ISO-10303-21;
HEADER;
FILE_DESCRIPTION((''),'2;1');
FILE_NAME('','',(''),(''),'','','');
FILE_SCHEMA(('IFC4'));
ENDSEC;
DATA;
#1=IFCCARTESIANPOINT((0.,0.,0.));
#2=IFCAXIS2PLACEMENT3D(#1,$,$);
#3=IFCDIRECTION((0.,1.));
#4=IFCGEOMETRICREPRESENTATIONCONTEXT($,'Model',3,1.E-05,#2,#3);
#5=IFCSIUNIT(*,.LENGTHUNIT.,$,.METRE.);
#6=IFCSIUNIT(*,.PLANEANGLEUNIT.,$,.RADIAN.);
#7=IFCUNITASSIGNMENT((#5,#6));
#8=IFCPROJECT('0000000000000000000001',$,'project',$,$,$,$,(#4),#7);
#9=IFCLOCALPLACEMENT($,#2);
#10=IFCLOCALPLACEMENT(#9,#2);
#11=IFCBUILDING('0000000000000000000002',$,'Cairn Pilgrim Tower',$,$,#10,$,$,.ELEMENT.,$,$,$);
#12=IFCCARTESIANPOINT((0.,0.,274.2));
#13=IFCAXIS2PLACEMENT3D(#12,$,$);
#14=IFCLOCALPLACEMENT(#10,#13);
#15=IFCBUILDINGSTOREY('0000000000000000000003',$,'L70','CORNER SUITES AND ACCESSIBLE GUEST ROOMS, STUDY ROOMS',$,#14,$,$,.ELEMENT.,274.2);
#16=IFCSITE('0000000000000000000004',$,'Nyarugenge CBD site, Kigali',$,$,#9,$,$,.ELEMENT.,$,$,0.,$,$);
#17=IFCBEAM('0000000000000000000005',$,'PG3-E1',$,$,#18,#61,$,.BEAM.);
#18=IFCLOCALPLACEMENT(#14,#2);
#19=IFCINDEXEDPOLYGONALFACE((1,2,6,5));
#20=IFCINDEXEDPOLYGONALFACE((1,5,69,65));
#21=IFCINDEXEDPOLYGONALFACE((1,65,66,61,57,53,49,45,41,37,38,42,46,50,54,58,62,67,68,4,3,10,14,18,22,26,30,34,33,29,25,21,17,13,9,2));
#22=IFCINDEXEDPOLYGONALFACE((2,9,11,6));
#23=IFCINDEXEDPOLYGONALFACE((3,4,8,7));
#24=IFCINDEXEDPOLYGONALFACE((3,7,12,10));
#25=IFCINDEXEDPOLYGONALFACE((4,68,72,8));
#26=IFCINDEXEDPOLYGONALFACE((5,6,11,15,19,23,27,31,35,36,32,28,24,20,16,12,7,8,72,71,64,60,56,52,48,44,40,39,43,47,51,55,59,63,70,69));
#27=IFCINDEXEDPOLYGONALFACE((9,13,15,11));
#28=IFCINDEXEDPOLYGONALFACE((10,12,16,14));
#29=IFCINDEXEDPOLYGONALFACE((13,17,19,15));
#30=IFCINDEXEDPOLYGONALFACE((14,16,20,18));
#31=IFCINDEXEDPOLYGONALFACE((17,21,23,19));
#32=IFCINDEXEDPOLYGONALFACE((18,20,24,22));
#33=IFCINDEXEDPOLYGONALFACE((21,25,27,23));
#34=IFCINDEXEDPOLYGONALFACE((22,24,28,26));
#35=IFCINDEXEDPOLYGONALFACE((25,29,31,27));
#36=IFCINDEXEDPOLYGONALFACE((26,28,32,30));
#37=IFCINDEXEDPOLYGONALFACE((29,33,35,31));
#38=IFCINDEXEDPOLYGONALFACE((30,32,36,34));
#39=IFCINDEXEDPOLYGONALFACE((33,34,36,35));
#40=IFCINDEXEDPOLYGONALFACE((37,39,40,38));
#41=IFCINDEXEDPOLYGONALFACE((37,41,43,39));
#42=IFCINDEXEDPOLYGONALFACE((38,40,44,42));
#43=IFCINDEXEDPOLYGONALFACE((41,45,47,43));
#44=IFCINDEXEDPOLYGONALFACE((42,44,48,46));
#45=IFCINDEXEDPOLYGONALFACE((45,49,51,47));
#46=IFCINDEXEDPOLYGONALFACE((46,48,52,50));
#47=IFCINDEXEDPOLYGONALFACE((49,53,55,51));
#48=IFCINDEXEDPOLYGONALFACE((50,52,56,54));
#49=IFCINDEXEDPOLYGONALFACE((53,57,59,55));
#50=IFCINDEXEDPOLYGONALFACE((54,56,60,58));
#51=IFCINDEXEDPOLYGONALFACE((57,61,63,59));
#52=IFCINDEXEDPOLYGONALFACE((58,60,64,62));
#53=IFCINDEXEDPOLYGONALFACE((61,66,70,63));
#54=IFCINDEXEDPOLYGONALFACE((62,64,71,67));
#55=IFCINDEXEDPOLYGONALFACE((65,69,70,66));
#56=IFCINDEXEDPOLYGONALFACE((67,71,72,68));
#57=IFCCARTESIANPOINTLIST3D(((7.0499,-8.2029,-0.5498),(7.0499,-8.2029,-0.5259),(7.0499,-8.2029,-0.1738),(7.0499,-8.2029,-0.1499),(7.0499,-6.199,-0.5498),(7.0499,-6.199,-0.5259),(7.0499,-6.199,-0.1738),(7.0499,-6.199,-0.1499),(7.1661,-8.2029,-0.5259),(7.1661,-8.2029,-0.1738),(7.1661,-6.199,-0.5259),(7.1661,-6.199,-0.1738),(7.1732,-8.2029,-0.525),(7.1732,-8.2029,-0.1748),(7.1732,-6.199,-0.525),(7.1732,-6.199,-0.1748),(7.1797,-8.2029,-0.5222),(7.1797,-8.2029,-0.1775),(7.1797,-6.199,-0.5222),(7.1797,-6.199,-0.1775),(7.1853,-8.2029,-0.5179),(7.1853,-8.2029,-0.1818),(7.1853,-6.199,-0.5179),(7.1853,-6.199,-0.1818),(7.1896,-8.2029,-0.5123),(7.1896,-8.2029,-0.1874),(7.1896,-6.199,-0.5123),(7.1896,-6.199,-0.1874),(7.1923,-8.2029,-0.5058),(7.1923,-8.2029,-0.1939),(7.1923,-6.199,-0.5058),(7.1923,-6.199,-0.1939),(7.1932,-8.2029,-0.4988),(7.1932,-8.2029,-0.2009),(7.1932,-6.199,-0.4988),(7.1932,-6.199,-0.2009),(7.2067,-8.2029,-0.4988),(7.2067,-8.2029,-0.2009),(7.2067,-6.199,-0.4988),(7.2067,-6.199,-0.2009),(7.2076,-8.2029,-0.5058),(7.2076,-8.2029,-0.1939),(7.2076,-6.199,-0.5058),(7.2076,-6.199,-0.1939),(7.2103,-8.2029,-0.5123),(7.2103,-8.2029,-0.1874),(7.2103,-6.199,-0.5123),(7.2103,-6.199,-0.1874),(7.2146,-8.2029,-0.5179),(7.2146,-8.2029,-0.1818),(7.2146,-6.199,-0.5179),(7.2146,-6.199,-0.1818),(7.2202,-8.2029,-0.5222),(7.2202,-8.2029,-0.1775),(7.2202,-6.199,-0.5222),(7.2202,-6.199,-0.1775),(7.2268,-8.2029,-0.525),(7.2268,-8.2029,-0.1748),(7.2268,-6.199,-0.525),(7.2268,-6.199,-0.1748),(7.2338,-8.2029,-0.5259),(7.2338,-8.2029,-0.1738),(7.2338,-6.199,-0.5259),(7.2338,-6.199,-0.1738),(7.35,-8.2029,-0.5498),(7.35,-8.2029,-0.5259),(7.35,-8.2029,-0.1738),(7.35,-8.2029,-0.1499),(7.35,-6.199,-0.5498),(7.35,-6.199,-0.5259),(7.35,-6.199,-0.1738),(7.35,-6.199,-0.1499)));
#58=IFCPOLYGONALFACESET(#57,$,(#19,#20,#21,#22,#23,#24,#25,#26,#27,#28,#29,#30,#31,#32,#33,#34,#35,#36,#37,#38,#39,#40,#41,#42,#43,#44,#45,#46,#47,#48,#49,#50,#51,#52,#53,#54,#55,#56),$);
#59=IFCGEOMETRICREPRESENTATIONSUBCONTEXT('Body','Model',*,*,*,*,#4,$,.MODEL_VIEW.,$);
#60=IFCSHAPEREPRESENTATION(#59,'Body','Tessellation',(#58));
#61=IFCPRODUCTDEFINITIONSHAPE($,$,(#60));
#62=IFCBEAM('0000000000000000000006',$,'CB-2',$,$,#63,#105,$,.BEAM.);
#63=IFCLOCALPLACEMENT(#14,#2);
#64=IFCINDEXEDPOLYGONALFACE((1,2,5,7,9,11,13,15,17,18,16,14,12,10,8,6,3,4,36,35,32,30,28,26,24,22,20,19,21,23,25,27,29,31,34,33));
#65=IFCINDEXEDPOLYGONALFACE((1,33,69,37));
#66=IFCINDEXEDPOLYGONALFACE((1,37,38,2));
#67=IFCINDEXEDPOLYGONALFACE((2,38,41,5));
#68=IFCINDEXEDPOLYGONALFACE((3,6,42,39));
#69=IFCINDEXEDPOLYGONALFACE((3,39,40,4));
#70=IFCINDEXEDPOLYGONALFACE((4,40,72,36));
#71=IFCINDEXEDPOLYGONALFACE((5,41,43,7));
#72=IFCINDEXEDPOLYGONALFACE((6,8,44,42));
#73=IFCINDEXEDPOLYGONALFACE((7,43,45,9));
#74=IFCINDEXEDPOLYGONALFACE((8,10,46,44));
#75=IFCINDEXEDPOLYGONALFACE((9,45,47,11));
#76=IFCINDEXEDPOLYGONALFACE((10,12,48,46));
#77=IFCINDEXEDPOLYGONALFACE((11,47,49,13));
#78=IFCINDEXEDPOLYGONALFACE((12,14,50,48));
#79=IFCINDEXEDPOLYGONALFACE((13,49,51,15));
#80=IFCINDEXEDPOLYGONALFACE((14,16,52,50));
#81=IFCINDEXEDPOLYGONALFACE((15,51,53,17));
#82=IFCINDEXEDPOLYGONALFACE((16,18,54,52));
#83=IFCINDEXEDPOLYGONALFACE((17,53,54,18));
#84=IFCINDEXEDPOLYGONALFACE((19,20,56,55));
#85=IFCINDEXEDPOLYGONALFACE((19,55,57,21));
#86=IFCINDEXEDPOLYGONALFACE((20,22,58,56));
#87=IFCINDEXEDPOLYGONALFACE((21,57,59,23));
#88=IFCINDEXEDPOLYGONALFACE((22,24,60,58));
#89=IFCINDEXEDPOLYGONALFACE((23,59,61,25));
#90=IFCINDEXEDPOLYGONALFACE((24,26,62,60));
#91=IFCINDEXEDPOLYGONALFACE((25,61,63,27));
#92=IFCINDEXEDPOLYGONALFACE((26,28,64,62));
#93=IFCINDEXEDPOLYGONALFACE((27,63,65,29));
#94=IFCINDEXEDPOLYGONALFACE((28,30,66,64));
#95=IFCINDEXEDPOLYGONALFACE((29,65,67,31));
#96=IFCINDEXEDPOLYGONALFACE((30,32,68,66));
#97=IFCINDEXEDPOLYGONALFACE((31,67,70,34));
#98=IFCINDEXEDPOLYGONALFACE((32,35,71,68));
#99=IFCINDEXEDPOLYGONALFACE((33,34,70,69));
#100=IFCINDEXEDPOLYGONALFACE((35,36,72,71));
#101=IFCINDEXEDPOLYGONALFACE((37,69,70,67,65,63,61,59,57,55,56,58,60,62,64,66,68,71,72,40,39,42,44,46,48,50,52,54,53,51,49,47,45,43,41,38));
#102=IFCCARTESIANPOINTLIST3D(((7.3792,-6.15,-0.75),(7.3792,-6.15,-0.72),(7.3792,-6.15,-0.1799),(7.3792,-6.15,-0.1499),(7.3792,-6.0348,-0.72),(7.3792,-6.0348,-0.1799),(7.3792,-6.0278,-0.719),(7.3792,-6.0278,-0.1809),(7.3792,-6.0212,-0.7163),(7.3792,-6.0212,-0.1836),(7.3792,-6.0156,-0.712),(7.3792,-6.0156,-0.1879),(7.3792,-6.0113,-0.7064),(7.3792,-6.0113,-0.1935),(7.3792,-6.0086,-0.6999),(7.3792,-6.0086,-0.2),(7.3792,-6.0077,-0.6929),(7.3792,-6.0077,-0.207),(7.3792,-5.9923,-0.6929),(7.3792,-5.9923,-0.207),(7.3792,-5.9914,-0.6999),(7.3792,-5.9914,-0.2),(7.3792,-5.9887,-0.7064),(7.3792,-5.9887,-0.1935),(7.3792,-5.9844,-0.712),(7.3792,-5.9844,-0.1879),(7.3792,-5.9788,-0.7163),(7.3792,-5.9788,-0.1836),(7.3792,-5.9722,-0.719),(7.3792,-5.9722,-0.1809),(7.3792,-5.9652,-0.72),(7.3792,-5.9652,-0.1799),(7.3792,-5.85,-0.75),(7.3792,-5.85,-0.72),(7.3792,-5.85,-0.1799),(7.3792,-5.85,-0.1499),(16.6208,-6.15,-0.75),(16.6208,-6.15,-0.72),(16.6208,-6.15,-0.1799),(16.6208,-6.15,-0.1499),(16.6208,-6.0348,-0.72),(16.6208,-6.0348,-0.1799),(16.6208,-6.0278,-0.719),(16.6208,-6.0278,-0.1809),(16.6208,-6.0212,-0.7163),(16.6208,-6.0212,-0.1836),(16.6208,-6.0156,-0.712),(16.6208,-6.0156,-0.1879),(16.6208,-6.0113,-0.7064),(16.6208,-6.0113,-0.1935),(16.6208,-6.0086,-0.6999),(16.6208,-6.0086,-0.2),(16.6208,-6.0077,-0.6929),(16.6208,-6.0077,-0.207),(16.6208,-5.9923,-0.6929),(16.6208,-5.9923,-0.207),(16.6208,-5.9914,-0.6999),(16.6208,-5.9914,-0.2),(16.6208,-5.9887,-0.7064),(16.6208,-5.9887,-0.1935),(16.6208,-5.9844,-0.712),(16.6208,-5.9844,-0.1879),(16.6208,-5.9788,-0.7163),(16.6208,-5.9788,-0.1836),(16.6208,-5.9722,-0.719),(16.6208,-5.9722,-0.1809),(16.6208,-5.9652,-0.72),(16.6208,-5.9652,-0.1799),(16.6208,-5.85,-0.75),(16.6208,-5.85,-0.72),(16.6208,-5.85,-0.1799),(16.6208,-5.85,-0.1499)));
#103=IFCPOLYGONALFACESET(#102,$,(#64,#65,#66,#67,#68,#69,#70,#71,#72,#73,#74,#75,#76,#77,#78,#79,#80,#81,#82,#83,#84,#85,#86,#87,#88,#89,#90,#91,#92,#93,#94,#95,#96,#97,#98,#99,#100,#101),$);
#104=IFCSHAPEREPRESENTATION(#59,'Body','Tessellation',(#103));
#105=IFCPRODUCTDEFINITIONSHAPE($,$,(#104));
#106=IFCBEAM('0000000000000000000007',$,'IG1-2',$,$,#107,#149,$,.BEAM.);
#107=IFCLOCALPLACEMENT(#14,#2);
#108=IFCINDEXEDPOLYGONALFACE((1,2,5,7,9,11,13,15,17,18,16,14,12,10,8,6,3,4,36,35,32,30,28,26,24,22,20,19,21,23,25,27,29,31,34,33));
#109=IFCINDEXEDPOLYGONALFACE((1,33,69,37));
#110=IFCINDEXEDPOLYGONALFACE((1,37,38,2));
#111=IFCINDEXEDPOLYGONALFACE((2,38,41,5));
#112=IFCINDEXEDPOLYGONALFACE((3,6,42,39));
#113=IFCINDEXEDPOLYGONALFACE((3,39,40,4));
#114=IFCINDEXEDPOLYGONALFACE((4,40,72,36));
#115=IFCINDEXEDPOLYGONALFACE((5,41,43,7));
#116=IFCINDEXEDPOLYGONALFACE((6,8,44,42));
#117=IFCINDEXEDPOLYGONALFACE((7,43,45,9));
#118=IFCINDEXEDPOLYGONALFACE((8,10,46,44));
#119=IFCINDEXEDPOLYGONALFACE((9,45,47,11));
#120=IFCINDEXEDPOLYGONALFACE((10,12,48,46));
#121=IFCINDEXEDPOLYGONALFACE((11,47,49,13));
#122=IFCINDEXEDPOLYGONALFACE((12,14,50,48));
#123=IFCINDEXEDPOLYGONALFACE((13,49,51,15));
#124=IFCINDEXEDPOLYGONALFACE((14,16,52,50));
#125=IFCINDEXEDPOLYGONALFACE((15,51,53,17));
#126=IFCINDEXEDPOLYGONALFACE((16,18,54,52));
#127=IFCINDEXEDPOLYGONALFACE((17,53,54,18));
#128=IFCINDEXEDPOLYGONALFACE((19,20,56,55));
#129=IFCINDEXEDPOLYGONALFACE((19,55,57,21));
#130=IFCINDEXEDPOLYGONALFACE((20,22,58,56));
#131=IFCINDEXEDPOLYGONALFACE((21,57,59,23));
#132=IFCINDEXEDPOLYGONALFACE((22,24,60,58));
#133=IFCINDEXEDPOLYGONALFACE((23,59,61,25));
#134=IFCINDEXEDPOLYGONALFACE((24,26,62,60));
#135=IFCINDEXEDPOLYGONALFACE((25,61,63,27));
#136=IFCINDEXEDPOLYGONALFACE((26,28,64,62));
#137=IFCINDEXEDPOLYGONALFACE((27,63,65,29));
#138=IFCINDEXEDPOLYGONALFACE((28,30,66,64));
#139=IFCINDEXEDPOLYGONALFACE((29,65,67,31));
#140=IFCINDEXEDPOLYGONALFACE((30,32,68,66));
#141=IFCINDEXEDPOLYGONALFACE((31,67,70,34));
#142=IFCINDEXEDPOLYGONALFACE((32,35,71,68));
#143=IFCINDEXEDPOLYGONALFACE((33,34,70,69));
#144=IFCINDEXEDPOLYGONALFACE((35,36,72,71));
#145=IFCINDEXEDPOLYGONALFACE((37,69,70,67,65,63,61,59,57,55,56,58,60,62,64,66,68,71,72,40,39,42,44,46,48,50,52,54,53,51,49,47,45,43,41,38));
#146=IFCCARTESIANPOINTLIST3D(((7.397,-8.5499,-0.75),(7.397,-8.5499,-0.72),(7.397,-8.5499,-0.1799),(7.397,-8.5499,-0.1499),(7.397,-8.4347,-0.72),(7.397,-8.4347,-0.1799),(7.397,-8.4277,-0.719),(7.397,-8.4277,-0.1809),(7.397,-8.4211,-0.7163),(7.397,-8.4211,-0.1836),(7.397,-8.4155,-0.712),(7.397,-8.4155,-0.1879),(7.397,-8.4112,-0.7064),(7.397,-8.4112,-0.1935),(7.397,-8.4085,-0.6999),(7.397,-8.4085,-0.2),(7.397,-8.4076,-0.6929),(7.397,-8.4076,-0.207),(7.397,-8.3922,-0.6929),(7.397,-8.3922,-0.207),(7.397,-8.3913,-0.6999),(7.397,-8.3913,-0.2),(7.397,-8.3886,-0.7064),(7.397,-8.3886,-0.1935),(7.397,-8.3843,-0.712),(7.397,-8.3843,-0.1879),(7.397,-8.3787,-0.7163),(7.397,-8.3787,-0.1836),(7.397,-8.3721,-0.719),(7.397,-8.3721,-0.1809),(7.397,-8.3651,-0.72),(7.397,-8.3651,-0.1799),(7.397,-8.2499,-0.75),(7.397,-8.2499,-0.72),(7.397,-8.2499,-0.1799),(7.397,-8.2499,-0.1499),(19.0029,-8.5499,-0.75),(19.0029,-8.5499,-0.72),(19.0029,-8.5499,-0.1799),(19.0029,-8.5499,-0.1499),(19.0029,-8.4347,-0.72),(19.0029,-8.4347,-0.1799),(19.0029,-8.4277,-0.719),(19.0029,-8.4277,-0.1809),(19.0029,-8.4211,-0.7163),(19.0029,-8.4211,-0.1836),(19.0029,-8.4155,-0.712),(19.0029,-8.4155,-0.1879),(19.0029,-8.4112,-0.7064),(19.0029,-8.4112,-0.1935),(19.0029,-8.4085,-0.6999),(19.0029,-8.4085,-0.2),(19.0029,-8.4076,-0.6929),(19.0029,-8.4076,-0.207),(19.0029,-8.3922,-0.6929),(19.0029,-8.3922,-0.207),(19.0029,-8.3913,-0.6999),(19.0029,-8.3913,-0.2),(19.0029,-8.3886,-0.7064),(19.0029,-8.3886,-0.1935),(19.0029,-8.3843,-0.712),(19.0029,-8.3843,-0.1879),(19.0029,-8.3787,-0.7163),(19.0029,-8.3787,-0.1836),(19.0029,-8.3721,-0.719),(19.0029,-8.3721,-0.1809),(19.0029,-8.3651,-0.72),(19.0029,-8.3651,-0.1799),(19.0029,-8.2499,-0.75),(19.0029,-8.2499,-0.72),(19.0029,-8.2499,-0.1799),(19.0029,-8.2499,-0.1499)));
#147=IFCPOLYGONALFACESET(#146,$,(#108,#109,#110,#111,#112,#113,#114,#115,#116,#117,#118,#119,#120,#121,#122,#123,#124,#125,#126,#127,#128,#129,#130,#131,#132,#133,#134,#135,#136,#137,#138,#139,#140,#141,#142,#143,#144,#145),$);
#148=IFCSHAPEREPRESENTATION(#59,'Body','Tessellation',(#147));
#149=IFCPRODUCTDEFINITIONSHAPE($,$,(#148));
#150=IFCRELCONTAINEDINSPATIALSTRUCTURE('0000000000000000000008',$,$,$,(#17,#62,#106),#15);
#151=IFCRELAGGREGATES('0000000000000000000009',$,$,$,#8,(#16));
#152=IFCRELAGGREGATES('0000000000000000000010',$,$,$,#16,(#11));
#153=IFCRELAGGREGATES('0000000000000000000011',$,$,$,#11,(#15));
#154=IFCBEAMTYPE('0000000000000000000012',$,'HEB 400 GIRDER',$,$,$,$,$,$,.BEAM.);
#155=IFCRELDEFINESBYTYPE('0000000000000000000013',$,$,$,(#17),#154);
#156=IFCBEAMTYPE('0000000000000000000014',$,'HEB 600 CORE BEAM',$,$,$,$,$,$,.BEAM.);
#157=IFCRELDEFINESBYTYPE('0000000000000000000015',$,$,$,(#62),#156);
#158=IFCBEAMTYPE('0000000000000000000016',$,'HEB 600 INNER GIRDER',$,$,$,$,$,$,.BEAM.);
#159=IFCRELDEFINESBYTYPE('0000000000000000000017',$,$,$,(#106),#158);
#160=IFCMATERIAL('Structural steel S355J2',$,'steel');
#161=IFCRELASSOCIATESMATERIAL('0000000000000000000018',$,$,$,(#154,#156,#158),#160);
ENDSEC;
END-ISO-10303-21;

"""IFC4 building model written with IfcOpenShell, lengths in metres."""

from ifc_helpers import new_model, si_unit, direction, frame, origin, origin_2d, place, context, subcontext, project, spatial, i_section, extrude, material, material_profile, profile_set, type_object, element, save


model = new_model("IFC4")

# Units and contexts
model_context = context("Model", 3, precision=1e-05, world=origin(), true_north=direction((0.0, 1.0)))
body_context = subcontext(model_context, "Body", "Model", "MODEL_VIEW")
ifc_project = project(units=[si_unit("LENGTHUNIT", "METRE"), si_unit("PLANEANGLEUNIT", "RADIAN")], contexts=[model_context])

# Site, building, storey
site_placement = place(None, origin())
site = spatial("IfcSite", under=ifc_project, at=site_placement, Name="Nyarugenge CBD site, Kigali", CompositionType="ELEMENT", RefElevation=0.0)
building_placement = place(site_placement, origin())
building = spatial("IfcBuilding", under=site, at=building_placement, Name="Cairn Pilgrim Tower", CompositionType="ELEMENT")
storey_placement = place(building_placement, frame((0.0, 0.0, 274.2)))
storey = spatial("IfcBuildingStorey", under=building, at=storey_placement, Name="L70", Description="CORNER SUITES AND ACCESSIBLE GUEST ROOMS, STUDY ROOMS", CompositionType="ELEMENT", Elevation=274.2)

# Shared definitions
ifc_material_1 = material(Name="Structural steel S355J2", Category="steel")

# Beams
ifc_material_profile_1 = material_profile(ifc_material_1, i_section(OverallWidth=0.3, OverallDepth=0.3999, WebThickness=0.0134, FlangeThickness=0.0239, FilletRadius=0.0271, at=origin_2d()), Name="HEB 400")
ifc_profile_set_1 = profile_set([ifc_material_profile_1], Name="Structural steel S355J2")
beam_type_1 = type_object("IfcBeamType", Name="HEB 400 GIRDER", PredefinedType="BEAM", material=ifc_profile_set_1)
beam_1_placement = place(storey_placement, frame((7.2, -8.2029, -0.3499), z_axis=(0.0, 1.0, 0.0), x_axis=(-1.0, 0.0, 0.0)))
element("IfcBeam", 1, at=beam_1_placement, inside=storey, type_object=beam_type_1, Name="PG3-E1", PredefinedType="BEAM", context=body_context, shape_type="SweptSolid", body=[
    extrude(i_section(OverallWidth=0.3, OverallDepth=0.3999, WebThickness=0.0134, FlangeThickness=0.0239, FilletRadius=0.0271, at=origin_2d()), origin(), (0.0, 0.0, 1.0), 2.0039),
])
ifc_material_profile_2 = material_profile(ifc_material_1, i_section(OverallWidth=0.3, OverallDepth=0.6001, WebThickness=0.0154, FlangeThickness=0.03, FilletRadius=0.0271, at=origin_2d()), Name="HEB 600")
ifc_profile_set_2 = profile_set([ifc_material_profile_2], Name="Structural steel S355J2")
beam_type_2 = type_object("IfcBeamType", Name="HEB 600 CORE BEAM", PredefinedType="BEAM", material=ifc_profile_set_2)
beam_2_placement = place(storey_placement, frame((7.3792, -6.0, -0.45), z_axis=(1.0, 0.0, 0.0), x_axis=(0.0, 1.0, 0.0)))
element("IfcBeam", 2, at=beam_2_placement, inside=storey, type_object=beam_type_2, Name="CB-2", PredefinedType="BEAM", context=body_context, shape_type="SweptSolid", body=[
    extrude(i_section(OverallWidth=0.3, OverallDepth=0.6001, WebThickness=0.0154, FlangeThickness=0.03, FilletRadius=0.0271, at=origin_2d()), origin(), (0.0, 0.0, 1.0), 9.2417),
])
ifc_material_profile_3 = material_profile(ifc_material_1, i_section(OverallWidth=0.3, OverallDepth=0.6001, WebThickness=0.0154, FlangeThickness=0.03, FilletRadius=0.0271, at=origin_2d()), Name="HEB 600")
ifc_profile_set_3 = profile_set([ifc_material_profile_3], Name="Structural steel S355J2")
beam_type_3 = type_object("IfcBeamType", Name="HEB 600 INNER GIRDER", PredefinedType="BEAM", material=ifc_profile_set_3)
beam_3_placement = place(storey_placement, frame((7.397, -8.3999, -0.45), z_axis=(1.0, 0.0, 0.0), x_axis=(0.0, 1.0, 0.0)))
element("IfcBeam", 3, at=beam_3_placement, inside=storey, type_object=beam_type_3, Name="IG1-2", PredefinedType="BEAM", context=body_context, shape_type="SweptSolid", body=[
    extrude(i_section(OverallWidth=0.3, OverallDepth=0.6001, WebThickness=0.0154, FlangeThickness=0.03, FilletRadius=0.0271, at=origin_2d()), origin(), (0.0, 0.0, 1.0), 11.606),
])

save(model, "model.ifc")
